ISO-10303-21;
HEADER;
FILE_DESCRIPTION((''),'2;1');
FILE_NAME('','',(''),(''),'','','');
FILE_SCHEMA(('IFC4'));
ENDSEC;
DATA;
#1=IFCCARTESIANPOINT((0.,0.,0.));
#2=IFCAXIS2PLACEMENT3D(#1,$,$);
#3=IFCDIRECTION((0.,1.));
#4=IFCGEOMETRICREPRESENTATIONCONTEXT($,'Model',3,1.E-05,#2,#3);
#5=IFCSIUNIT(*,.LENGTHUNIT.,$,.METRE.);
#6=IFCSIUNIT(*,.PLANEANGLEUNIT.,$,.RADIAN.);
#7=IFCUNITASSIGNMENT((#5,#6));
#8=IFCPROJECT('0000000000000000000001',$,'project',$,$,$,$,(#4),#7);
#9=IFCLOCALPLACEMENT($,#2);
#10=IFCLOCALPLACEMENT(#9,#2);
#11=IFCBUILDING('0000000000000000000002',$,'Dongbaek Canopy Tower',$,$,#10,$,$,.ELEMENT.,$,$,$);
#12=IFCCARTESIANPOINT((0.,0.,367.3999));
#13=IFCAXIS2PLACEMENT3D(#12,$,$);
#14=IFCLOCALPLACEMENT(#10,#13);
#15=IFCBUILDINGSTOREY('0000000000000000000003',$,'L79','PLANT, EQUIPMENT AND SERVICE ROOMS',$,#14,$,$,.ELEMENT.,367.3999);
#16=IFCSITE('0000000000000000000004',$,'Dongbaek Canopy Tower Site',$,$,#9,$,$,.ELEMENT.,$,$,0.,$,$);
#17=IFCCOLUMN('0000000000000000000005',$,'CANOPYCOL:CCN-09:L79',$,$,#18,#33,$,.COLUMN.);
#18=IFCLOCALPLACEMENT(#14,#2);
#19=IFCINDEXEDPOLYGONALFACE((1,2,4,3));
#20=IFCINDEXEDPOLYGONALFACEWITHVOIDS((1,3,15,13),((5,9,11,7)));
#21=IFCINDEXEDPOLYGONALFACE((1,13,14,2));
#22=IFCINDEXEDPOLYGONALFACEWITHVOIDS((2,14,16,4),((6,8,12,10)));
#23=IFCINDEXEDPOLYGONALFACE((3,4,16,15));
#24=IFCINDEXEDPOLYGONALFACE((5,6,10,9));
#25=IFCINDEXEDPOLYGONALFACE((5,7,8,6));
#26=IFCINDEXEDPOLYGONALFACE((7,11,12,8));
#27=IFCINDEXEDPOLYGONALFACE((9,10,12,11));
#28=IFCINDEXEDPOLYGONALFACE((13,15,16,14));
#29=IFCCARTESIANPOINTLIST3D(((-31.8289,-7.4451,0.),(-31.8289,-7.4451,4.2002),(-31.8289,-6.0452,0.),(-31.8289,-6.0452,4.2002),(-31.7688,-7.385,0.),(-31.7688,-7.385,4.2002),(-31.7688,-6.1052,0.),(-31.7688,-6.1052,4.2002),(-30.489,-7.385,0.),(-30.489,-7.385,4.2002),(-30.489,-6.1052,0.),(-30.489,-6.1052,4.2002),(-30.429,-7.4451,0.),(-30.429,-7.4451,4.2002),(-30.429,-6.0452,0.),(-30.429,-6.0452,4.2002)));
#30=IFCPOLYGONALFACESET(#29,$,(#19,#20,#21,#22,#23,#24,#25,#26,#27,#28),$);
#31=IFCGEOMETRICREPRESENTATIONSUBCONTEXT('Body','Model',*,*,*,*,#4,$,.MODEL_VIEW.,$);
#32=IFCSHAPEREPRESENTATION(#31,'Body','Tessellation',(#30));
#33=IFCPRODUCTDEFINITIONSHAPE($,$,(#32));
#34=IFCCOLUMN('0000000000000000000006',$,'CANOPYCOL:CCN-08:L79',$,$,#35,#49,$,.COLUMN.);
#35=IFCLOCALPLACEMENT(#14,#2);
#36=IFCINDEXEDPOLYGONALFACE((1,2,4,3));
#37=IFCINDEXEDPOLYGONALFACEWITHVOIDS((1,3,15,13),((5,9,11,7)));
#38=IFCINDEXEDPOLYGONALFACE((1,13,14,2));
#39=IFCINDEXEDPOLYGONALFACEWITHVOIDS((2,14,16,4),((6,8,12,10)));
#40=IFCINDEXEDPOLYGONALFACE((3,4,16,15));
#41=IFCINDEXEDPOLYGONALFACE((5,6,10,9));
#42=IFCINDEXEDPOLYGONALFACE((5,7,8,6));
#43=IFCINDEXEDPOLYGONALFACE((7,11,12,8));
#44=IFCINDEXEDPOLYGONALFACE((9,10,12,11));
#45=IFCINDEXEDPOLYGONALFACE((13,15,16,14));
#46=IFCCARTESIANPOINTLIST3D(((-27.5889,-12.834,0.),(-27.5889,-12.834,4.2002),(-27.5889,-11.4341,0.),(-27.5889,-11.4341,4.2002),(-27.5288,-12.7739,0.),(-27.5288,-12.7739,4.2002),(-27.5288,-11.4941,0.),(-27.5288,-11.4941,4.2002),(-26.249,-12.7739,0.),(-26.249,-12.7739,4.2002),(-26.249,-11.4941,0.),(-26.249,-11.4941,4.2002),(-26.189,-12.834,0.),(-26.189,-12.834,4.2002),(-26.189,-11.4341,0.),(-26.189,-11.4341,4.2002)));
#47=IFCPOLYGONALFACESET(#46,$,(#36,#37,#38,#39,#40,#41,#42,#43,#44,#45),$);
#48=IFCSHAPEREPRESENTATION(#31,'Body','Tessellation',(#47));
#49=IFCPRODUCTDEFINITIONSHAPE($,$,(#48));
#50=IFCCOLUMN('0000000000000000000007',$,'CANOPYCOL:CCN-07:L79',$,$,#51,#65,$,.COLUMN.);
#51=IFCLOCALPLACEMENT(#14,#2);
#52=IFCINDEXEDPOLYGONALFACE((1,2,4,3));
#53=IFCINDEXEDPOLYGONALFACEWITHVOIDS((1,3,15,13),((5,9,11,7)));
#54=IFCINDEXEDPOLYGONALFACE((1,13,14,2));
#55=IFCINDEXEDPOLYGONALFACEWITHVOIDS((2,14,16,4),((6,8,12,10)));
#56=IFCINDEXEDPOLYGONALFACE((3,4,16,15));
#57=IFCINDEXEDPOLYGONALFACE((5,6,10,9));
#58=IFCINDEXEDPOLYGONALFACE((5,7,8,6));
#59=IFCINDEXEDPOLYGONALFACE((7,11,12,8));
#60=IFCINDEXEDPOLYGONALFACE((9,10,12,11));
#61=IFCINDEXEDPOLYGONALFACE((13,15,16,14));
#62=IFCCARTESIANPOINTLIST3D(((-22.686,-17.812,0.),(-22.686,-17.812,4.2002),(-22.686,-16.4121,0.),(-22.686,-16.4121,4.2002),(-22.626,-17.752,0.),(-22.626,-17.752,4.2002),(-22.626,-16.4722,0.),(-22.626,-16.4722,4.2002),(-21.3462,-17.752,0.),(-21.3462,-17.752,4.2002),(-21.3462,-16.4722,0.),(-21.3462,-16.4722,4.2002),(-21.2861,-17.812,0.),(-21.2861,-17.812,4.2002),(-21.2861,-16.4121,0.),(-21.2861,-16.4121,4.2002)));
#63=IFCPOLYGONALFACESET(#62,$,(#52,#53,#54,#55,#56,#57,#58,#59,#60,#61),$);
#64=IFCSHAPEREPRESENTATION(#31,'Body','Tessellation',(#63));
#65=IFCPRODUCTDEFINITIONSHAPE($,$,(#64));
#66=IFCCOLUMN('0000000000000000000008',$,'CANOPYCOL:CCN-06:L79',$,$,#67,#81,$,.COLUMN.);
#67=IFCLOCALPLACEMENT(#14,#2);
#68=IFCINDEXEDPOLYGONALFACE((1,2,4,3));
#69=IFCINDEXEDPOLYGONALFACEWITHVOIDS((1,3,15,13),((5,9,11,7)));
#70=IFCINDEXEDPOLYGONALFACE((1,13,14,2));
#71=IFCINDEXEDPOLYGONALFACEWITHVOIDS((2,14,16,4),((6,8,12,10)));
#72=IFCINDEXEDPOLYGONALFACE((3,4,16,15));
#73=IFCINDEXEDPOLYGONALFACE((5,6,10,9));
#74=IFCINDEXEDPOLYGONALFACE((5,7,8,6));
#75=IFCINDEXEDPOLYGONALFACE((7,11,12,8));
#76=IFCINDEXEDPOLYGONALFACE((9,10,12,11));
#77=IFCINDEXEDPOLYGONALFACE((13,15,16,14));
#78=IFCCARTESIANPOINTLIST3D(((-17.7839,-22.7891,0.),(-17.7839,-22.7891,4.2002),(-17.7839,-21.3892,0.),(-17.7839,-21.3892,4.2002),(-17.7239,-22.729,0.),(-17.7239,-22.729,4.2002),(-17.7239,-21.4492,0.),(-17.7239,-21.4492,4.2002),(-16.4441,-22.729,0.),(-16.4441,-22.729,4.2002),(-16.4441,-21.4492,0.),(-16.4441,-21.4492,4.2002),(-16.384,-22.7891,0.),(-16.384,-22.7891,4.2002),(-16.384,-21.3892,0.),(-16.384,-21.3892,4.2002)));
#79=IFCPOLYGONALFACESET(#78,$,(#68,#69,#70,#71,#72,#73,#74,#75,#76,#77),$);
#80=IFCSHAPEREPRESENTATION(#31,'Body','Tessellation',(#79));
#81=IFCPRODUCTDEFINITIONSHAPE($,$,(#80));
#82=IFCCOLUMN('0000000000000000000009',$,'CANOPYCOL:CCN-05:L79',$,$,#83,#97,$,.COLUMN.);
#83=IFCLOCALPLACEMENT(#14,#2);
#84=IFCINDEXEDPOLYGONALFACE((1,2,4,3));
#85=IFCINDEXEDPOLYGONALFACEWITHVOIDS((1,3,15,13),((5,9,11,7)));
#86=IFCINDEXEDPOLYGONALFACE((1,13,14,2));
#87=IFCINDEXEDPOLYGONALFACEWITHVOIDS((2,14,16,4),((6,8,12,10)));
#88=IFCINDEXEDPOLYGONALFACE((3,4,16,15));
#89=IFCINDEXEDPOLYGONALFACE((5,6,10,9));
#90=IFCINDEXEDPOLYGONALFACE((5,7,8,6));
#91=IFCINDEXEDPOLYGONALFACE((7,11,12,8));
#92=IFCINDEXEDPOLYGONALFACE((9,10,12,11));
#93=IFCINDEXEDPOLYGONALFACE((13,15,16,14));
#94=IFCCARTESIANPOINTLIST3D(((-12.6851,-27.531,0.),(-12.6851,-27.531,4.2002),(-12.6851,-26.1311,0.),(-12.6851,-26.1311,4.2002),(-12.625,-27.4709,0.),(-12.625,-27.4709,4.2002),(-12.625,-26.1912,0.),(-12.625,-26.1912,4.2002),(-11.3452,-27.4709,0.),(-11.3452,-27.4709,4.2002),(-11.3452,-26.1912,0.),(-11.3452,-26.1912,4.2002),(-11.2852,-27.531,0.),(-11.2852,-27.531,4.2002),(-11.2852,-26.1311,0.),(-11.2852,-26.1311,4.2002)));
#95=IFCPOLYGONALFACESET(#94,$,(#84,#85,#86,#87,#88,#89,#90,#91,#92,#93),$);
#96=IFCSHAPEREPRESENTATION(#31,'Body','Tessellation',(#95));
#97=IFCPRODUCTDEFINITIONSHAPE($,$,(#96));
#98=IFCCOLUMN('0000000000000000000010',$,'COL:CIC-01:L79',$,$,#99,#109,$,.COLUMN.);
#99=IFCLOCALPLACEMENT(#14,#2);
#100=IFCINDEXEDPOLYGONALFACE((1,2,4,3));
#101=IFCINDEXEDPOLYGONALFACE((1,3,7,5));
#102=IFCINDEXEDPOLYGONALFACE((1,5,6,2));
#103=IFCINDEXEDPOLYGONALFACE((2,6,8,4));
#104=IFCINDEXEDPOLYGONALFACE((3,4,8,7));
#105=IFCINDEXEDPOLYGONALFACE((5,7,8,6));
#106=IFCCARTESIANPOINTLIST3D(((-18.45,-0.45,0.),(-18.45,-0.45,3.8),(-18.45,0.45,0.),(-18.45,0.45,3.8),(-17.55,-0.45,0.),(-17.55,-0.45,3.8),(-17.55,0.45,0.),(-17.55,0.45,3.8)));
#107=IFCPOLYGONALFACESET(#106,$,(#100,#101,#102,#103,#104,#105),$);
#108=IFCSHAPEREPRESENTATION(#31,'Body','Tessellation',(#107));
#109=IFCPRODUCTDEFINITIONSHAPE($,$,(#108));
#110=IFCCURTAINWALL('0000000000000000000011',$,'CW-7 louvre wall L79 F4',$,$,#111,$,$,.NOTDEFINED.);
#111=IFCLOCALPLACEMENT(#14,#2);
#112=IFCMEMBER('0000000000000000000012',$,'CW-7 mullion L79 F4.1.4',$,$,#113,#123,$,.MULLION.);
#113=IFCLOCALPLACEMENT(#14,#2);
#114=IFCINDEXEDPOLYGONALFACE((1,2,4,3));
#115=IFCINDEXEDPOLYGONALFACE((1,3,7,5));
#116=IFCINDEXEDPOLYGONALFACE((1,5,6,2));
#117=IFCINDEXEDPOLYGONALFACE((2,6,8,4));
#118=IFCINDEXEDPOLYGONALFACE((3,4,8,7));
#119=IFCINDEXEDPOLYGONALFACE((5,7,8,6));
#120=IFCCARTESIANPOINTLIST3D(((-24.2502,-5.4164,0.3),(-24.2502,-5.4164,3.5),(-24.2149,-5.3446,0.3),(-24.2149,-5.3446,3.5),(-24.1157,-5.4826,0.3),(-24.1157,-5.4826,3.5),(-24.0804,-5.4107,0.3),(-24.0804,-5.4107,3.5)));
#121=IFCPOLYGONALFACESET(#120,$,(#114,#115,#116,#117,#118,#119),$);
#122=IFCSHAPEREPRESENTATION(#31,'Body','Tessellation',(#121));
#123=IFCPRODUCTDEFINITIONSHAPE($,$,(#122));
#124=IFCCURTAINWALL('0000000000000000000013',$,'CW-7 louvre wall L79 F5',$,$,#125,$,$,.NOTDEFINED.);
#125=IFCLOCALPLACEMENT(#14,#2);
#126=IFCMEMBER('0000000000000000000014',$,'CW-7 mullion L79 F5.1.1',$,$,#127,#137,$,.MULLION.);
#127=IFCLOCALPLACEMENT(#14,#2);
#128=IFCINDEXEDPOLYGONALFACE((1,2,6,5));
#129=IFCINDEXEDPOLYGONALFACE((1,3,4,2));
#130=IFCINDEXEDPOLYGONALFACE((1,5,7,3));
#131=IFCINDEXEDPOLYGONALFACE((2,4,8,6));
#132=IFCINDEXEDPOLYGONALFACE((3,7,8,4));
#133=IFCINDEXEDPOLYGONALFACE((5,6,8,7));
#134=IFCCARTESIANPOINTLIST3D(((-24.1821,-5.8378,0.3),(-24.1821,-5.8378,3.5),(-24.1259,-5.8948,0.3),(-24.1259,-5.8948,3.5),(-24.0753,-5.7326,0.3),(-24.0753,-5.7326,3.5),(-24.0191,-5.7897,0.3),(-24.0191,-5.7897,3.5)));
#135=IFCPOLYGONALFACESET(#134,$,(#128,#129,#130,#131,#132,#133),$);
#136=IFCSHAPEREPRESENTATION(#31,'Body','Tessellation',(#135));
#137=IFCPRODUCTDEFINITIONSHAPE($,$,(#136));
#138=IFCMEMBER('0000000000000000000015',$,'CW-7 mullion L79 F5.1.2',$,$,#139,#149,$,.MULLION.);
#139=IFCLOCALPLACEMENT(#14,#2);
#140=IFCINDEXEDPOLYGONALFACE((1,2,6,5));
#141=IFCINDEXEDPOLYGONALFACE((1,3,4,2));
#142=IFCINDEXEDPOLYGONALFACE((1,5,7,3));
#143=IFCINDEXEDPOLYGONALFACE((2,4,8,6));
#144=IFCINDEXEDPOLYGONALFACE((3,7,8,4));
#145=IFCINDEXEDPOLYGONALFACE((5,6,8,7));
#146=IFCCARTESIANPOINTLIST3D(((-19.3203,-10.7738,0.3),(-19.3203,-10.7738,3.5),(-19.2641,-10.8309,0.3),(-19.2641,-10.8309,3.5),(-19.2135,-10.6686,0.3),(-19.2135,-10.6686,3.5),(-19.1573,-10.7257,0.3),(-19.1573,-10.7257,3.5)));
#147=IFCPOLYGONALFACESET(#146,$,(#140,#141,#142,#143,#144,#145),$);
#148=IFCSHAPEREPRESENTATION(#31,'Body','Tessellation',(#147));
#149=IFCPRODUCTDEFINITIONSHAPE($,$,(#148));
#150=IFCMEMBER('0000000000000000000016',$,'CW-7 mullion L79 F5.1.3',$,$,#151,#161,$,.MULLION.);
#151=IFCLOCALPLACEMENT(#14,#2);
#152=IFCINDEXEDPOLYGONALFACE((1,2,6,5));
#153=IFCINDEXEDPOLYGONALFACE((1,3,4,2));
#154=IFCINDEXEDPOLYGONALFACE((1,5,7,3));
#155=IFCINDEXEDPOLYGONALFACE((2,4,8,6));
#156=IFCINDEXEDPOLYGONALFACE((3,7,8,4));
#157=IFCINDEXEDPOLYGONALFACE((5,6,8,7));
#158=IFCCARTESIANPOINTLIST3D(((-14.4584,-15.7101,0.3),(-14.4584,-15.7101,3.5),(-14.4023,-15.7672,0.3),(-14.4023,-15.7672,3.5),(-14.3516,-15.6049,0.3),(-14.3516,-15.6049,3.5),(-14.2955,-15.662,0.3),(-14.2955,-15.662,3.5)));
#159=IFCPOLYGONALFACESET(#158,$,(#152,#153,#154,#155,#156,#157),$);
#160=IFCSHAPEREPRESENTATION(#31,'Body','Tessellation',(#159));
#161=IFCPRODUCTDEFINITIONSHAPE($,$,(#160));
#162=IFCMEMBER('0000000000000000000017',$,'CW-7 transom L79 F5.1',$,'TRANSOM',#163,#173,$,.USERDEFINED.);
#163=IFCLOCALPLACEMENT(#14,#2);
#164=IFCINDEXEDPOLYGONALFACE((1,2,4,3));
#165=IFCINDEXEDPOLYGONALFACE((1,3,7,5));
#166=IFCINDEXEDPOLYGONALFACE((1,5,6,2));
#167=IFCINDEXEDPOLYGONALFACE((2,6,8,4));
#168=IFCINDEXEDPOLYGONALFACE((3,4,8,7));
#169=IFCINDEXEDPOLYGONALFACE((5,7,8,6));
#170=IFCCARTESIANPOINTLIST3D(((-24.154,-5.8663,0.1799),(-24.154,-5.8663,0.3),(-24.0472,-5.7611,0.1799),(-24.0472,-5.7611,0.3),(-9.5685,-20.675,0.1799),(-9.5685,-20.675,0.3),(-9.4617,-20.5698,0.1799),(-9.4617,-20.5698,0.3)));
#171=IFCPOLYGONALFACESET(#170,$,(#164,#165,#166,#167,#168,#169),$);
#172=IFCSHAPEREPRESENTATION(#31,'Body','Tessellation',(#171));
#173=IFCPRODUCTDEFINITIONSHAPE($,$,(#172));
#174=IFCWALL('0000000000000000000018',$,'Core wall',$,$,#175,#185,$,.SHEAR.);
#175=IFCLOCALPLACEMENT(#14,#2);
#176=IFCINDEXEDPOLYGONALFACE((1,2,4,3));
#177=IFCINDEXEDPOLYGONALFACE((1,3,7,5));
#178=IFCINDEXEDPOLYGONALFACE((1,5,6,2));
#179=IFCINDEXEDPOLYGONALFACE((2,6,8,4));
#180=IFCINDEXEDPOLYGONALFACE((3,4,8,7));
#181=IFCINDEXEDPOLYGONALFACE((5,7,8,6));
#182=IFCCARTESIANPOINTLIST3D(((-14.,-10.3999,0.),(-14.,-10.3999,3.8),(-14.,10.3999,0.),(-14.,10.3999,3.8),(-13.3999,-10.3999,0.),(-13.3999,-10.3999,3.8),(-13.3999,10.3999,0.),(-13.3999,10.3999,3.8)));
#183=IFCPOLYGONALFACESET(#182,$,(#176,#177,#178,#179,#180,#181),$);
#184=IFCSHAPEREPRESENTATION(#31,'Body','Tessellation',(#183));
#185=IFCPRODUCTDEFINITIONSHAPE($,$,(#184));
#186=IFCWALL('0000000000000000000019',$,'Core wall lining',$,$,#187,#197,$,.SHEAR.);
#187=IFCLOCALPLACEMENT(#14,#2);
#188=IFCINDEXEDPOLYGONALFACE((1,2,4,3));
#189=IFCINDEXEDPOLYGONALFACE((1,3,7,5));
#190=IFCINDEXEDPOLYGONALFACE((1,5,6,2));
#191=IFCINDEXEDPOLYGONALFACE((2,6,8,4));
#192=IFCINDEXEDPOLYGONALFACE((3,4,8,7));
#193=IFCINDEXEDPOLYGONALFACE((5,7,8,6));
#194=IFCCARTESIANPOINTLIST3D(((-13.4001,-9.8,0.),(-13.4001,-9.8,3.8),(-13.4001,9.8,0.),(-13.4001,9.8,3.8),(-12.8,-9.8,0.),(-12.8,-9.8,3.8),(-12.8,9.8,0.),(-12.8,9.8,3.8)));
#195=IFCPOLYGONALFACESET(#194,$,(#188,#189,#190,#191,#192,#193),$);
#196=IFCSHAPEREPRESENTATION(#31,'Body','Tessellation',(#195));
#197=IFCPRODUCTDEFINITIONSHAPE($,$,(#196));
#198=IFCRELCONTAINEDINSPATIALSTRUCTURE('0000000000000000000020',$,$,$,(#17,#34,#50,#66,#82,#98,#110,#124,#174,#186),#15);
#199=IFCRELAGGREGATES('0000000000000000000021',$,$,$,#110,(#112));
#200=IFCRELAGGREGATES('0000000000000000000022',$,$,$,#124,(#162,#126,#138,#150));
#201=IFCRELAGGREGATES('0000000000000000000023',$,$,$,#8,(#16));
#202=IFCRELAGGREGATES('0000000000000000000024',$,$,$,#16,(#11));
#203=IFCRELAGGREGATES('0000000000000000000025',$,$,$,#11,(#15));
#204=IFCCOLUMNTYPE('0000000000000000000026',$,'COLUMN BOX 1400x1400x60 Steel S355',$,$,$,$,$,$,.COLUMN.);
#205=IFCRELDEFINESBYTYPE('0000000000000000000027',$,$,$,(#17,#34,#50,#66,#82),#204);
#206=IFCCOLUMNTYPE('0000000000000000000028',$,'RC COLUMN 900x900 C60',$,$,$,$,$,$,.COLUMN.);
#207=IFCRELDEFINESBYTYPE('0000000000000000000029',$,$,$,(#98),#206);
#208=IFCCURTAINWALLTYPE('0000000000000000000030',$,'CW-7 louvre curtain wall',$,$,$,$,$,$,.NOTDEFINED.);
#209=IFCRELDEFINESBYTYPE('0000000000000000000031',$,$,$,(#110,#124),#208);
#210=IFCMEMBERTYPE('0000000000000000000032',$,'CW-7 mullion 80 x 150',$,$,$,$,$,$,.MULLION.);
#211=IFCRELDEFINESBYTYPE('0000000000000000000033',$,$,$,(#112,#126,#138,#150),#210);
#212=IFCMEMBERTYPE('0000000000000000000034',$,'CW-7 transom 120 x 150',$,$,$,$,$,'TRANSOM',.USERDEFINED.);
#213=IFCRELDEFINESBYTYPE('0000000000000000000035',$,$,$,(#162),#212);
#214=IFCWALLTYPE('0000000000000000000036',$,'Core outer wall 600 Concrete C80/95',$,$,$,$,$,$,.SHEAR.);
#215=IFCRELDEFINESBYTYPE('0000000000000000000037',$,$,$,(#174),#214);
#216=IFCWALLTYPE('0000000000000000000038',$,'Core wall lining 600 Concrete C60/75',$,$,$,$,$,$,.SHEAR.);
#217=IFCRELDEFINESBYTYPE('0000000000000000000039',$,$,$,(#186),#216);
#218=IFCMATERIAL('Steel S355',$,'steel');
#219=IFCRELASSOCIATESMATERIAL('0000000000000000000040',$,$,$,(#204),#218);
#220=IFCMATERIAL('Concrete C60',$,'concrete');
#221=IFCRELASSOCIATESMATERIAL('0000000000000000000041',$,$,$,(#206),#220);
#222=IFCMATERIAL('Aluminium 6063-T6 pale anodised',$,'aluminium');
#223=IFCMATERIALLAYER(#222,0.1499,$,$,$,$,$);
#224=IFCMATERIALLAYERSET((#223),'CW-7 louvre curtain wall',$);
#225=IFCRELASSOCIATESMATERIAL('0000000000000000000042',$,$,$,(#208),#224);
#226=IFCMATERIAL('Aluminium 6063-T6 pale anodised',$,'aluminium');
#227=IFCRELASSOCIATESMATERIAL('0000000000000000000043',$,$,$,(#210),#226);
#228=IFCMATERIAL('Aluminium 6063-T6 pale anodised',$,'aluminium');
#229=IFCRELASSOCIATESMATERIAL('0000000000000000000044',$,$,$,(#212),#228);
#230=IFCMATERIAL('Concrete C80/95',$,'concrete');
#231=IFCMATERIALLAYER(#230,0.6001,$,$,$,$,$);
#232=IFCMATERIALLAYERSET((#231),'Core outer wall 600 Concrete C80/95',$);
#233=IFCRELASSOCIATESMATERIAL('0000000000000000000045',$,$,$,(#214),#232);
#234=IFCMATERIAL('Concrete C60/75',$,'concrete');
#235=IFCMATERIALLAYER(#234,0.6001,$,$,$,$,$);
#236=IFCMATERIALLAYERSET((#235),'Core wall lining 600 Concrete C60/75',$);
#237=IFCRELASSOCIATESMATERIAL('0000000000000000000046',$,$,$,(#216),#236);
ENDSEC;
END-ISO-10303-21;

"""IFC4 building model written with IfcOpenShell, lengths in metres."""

from ifc_helpers import new_model, si_unit, direction, frame, frame_2d, origin, origin_2d, place, context, subcontext, project, spatial, rectangle, hollow_rectangle, extrude, material, layer, layer_set, material_profile, profile_set, type_object, element, aggregate, save


model = new_model("IFC4")

# Units and contexts
model_context = context("Model", 3, precision=1e-05, world=origin(), true_north=direction((0.0, 1.0)))
body_context = subcontext(model_context, "Body", "Model", "MODEL_VIEW")
ifc_project = project(units=[si_unit("LENGTHUNIT", "METRE"), si_unit("PLANEANGLEUNIT", "RADIAN")], contexts=[model_context])

# Site, building, storey
site_placement = place(None, origin())
site = spatial("IfcSite", under=ifc_project, at=site_placement, Name="Dongbaek Canopy Tower Site", CompositionType="ELEMENT", RefElevation=0.0)
building_placement = place(site_placement, origin())
building = spatial("IfcBuilding", under=site, at=building_placement, Name="Dongbaek Canopy Tower", CompositionType="ELEMENT")
storey_placement = place(building_placement, frame((0.0, 0.0, 367.3999)))
storey = spatial("IfcBuildingStorey", under=building, at=storey_placement, Name="L79", Description="PLANT, EQUIPMENT AND SERVICE ROOMS", CompositionType="ELEMENT", Elevation=367.3999)

# Columns
ifc_material_1 = material(Name="Steel S355", Category="steel")
ifc_material_profile_1 = material_profile(ifc_material_1, hollow_rectangle(XDim=1.3999, YDim=1.3999, WallThickness=0.0601, at=origin_2d()), Name="COLUMN BOX 1400x1400x60 Steel S355")
ifc_profile_set_1 = profile_set([ifc_material_profile_1], Name="Steel S355")
column_type_1 = type_object("IfcColumnType", Name="COLUMN BOX 1400x1400x60 Steel S355", PredefinedType="COLUMN", material=ifc_profile_set_1)
for number, where, z_axis, x_axis, name in (
    (1, (-31.1289, -6.7451, 0.0), (0.0, 0.0, 1.0), (1.0, 0.0, 0.0), "CANOPYCOL:CCN-09:L79"),
    (2, (-26.8889, -12.134, 0.0), (0.0, 0.0, 1.0), (1.0, 0.0, 0.0), "CANOPYCOL:CCN-08:L79"),
    (3, (-21.9861, -17.1121, 0.0), (0.0, 0.0, 1.0), (1.0, 0.0, 0.0), "CANOPYCOL:CCN-07:L79"),
    (4, (-17.084, -22.0891, 0.0), (0.0, 0.0, 1.0), (1.0, 0.0, 0.0), "CANOPYCOL:CCN-06:L79"),
    (5, (-11.9851, -26.8311, 0.0), (0.0, 0.0, 1.0), (1.0, 0.0, 0.0), "CANOPYCOL:CCN-05:L79"),
):
    element("IfcColumn", number, at=place(storey_placement, frame(where, z_axis=z_axis, x_axis=x_axis)), inside=storey, type_object=column_type_1, Name=name, PredefinedType="COLUMN", context=body_context, shape_type="SweptSolid", body=[
        extrude(hollow_rectangle(XDim=1.3999, YDim=1.3999, WallThickness=0.0601, at=origin_2d()), origin(), (0.0, 0.0, 1.0), 4.2002),
    ])
ifc_material_2 = material(Name="Concrete C60", Category="concrete")
ifc_material_profile_2 = material_profile(ifc_material_2, rectangle(XDim=0.8999, YDim=0.8999, at=origin_2d()), Name="RC COLUMN 900x900 C60")
ifc_profile_set_2 = profile_set([ifc_material_profile_2], Name="Concrete C60")
column_type_2 = type_object("IfcColumnType", Name="RC COLUMN 900x900 C60", PredefinedType="COLUMN", material=ifc_profile_set_2)
column_placement = place(storey_placement, frame((-18.0, 0.0, 0.0), z_axis=(0.0, 0.0, 1.0), x_axis=(1.0, 0.0, 0.0)))
element("IfcColumn", 6, at=column_placement, inside=storey, type_object=column_type_2, Name="COL:CIC-01:L79", PredefinedType="COLUMN", context=body_context, shape_type="SweptSolid", body=[
    extrude(rectangle(XDim=0.8999, YDim=0.8999, at=origin_2d()), origin(), (0.0, 0.0, 1.0), 3.8),
])

# Curtain wall, member
ifc_material_3 = material(Name="Aluminium 6063-T6 pale anodised", Category="aluminium")
ifc_layer_1 = layer(ifc_material_3, 0.1499)
ifc_layer_set_1 = layer_set([ifc_layer_1], Name="CW-7 louvre curtain wall")
curtain_wall_type = type_object("IfcCurtainWallType", Name="CW-7 louvre curtain wall", PredefinedType="NOTDEFINED", material=ifc_layer_set_1)
curtain_wall_1_placement = place(storey_placement, origin())
curtain_wall_1 = element("IfcCurtainWall", 7, at=curtain_wall_1_placement, inside=storey, type_object=curtain_wall_type, Name="CW-7 louvre wall L79 F4", PredefinedType="NOTDEFINED")
ifc_material_4 = material(Name="Aluminium 6063-T6 pale anodised", Category="aluminium")
ifc_material_profile_3 = material_profile(ifc_material_4, rectangle(XDim=0.1499, YDim=0.0801, at=origin_2d()), Name="CW-7 mullion 80 x 150")
ifc_profile_set_3 = profile_set([ifc_material_profile_3], Name="Aluminium 6063-T6 pale anodised")
member_type_1 = type_object("IfcMemberType", Name="CW-7 mullion 80 x 150", PredefinedType="MULLION", material=ifc_profile_set_3)
member_1_placement = place(storey_placement, frame((-24.1653, -5.4136, 0.3), z_axis=(0.0, 0.0, 1.0), x_axis=(-0.897339, 0.441342, 0.0)))
member_1 = element("IfcMember", 8, at=member_1_placement, type_object=member_type_1, Name="CW-7 mullion L79 F4.1.4", PredefinedType="MULLION", context=body_context, shape_type="SweptSolid", body=[
    extrude(rectangle(XDim=0.1499, YDim=0.0801, at=origin_2d()), origin(), (0.0, 0.0, 1.0), 3.2),
])

# Curtain wall, members
curtain_wall_2_placement = place(storey_placement, origin())
curtain_wall_2 = element("IfcCurtainWall", 9, at=curtain_wall_2_placement, inside=storey, type_object=curtain_wall_type, Name="CW-7 louvre wall L79 F5", PredefinedType="NOTDEFINED")
member_2_placement = place(storey_placement, frame((-24.1006, -5.8137, 0.3), z_axis=(0.0, 0.0, 1.0), x_axis=(-0.712455, -0.701718, 0.0)))
member_2 = element("IfcMember", 10, at=member_2_placement, type_object=member_type_1, Name="CW-7 mullion L79 F5.1.1", PredefinedType="MULLION", context=body_context, shape_type="SweptSolid", body=[
    extrude(rectangle(XDim=0.1499, YDim=0.0801, at=origin_2d()), origin(), (0.0, 0.0, 1.0), 3.2),
])
member_3_placement = place(storey_placement, frame((-19.2388, -10.7498, 0.3), z_axis=(0.0, 0.0, 1.0), x_axis=(-0.712455, -0.701718, 0.0)))
member_3 = element("IfcMember", 11, at=member_3_placement, type_object=member_type_1, Name="CW-7 mullion L79 F5.1.2", PredefinedType="MULLION", context=body_context, shape_type="SweptSolid", body=[
    extrude(rectangle(XDim=0.1499, YDim=0.0801, at=origin_2d()), origin(), (0.0, 0.0, 1.0), 3.2),
])
member_4_placement = place(storey_placement, frame((-14.377, -15.686, 0.3), z_axis=(0.0, 0.0, 1.0), x_axis=(-0.712455, -0.701718, 0.0)))
member_4 = element("IfcMember", 12, at=member_4_placement, type_object=member_type_1, Name="CW-7 mullion L79 F5.1.3", PredefinedType="MULLION", context=body_context, shape_type="SweptSolid", body=[
    extrude(rectangle(XDim=0.1499, YDim=0.0801, at=origin_2d()), origin(), (0.0, 0.0, 1.0), 3.2),
])
ifc_material_5 = material(Name="Aluminium 6063-T6 pale anodised", Category="aluminium")
ifc_material_profile_4 = material_profile(ifc_material_5, rectangle(XDim=0.1499, YDim=0.1201, at=origin_2d()), Name="CW-7 transom 120 x 150")
ifc_profile_set_4 = profile_set([ifc_material_profile_4], Name="Aluminium 6063-T6 pale anodised")
member_type_2 = type_object("IfcMemberType", Name="CW-7 transom 120 x 150", ElementType="TRANSOM", PredefinedType="USERDEFINED", material=ifc_profile_set_4)
member_5_placement = place(storey_placement, frame((-24.1006, -5.8137, 0.24), z_axis=(0.701719, -0.712454, 0.0), x_axis=(0.712454, 0.701719, 0.0)))
member_5 = element("IfcMember", 13, at=member_5_placement, type_object=member_type_2, Name="CW-7 transom L79 F5.1", ObjectType="TRANSOM", PredefinedType="USERDEFINED", context=body_context, shape_type="SweptSolid", body=[
    extrude(rectangle(XDim=0.1499, YDim=0.1201, at=origin_2d()), origin(), (0.0, 0.0, 1.0), 20.7854),
])

# Walls
ifc_material_6 = material(Name="Concrete C80/95", Category="concrete")
ifc_layer_2 = layer(ifc_material_6, 0.6001)
ifc_layer_set_2 = layer_set([ifc_layer_2], Name="Core outer wall 600 Concrete C80/95")
wall_type_1 = type_object("IfcWallType", Name="Core outer wall 600 Concrete C80/95", PredefinedType="SHEAR", material=ifc_layer_set_2)
wall_1_placement = place(storey_placement, frame((-13.7, -10.3999, 0.0), z_axis=(0.0, 0.0, 1.0), x_axis=(0.0, 1.0, 0.0)))
element("IfcWall", 14, at=wall_1_placement, inside=storey, type_object=wall_type_1, Name="Core wall", PredefinedType="SHEAR", context=body_context, shape_type="SweptSolid", body=[
    extrude(rectangle(XDim=20.7998, YDim=0.6001, at=frame_2d((10.3999, 0.0))), origin(), (0.0, 0.0, 1.0), 3.8),
])
ifc_material_7 = material(Name="Concrete C60/75", Category="concrete")
ifc_layer_3 = layer(ifc_material_7, 0.6001)
ifc_layer_set_3 = layer_set([ifc_layer_3], Name="Core wall lining 600 Concrete C60/75")
wall_type_2 = type_object("IfcWallType", Name="Core wall lining 600 Concrete C60/75", PredefinedType="SHEAR", material=ifc_layer_set_3)
wall_2_placement = place(storey_placement, frame((-13.1001, -9.8, 0.0), z_axis=(0.0, 0.0, 1.0), x_axis=(0.0, 1.0, 0.0)))
element("IfcWall", 15, at=wall_2_placement, inside=storey, type_object=wall_type_2, Name="Core wall lining", PredefinedType="SHEAR", context=body_context, shape_type="SweptSolid", body=[
    extrude(rectangle(XDim=19.6001, YDim=0.6001, at=frame_2d((9.8, 0.0))), origin(), (0.0, 0.0, 1.0), 3.8),
])

aggregate(curtain_wall_1, [member_1])
aggregate(curtain_wall_2, [member_5, member_2, member_3, member_4])

save(model, "model.ifc")
